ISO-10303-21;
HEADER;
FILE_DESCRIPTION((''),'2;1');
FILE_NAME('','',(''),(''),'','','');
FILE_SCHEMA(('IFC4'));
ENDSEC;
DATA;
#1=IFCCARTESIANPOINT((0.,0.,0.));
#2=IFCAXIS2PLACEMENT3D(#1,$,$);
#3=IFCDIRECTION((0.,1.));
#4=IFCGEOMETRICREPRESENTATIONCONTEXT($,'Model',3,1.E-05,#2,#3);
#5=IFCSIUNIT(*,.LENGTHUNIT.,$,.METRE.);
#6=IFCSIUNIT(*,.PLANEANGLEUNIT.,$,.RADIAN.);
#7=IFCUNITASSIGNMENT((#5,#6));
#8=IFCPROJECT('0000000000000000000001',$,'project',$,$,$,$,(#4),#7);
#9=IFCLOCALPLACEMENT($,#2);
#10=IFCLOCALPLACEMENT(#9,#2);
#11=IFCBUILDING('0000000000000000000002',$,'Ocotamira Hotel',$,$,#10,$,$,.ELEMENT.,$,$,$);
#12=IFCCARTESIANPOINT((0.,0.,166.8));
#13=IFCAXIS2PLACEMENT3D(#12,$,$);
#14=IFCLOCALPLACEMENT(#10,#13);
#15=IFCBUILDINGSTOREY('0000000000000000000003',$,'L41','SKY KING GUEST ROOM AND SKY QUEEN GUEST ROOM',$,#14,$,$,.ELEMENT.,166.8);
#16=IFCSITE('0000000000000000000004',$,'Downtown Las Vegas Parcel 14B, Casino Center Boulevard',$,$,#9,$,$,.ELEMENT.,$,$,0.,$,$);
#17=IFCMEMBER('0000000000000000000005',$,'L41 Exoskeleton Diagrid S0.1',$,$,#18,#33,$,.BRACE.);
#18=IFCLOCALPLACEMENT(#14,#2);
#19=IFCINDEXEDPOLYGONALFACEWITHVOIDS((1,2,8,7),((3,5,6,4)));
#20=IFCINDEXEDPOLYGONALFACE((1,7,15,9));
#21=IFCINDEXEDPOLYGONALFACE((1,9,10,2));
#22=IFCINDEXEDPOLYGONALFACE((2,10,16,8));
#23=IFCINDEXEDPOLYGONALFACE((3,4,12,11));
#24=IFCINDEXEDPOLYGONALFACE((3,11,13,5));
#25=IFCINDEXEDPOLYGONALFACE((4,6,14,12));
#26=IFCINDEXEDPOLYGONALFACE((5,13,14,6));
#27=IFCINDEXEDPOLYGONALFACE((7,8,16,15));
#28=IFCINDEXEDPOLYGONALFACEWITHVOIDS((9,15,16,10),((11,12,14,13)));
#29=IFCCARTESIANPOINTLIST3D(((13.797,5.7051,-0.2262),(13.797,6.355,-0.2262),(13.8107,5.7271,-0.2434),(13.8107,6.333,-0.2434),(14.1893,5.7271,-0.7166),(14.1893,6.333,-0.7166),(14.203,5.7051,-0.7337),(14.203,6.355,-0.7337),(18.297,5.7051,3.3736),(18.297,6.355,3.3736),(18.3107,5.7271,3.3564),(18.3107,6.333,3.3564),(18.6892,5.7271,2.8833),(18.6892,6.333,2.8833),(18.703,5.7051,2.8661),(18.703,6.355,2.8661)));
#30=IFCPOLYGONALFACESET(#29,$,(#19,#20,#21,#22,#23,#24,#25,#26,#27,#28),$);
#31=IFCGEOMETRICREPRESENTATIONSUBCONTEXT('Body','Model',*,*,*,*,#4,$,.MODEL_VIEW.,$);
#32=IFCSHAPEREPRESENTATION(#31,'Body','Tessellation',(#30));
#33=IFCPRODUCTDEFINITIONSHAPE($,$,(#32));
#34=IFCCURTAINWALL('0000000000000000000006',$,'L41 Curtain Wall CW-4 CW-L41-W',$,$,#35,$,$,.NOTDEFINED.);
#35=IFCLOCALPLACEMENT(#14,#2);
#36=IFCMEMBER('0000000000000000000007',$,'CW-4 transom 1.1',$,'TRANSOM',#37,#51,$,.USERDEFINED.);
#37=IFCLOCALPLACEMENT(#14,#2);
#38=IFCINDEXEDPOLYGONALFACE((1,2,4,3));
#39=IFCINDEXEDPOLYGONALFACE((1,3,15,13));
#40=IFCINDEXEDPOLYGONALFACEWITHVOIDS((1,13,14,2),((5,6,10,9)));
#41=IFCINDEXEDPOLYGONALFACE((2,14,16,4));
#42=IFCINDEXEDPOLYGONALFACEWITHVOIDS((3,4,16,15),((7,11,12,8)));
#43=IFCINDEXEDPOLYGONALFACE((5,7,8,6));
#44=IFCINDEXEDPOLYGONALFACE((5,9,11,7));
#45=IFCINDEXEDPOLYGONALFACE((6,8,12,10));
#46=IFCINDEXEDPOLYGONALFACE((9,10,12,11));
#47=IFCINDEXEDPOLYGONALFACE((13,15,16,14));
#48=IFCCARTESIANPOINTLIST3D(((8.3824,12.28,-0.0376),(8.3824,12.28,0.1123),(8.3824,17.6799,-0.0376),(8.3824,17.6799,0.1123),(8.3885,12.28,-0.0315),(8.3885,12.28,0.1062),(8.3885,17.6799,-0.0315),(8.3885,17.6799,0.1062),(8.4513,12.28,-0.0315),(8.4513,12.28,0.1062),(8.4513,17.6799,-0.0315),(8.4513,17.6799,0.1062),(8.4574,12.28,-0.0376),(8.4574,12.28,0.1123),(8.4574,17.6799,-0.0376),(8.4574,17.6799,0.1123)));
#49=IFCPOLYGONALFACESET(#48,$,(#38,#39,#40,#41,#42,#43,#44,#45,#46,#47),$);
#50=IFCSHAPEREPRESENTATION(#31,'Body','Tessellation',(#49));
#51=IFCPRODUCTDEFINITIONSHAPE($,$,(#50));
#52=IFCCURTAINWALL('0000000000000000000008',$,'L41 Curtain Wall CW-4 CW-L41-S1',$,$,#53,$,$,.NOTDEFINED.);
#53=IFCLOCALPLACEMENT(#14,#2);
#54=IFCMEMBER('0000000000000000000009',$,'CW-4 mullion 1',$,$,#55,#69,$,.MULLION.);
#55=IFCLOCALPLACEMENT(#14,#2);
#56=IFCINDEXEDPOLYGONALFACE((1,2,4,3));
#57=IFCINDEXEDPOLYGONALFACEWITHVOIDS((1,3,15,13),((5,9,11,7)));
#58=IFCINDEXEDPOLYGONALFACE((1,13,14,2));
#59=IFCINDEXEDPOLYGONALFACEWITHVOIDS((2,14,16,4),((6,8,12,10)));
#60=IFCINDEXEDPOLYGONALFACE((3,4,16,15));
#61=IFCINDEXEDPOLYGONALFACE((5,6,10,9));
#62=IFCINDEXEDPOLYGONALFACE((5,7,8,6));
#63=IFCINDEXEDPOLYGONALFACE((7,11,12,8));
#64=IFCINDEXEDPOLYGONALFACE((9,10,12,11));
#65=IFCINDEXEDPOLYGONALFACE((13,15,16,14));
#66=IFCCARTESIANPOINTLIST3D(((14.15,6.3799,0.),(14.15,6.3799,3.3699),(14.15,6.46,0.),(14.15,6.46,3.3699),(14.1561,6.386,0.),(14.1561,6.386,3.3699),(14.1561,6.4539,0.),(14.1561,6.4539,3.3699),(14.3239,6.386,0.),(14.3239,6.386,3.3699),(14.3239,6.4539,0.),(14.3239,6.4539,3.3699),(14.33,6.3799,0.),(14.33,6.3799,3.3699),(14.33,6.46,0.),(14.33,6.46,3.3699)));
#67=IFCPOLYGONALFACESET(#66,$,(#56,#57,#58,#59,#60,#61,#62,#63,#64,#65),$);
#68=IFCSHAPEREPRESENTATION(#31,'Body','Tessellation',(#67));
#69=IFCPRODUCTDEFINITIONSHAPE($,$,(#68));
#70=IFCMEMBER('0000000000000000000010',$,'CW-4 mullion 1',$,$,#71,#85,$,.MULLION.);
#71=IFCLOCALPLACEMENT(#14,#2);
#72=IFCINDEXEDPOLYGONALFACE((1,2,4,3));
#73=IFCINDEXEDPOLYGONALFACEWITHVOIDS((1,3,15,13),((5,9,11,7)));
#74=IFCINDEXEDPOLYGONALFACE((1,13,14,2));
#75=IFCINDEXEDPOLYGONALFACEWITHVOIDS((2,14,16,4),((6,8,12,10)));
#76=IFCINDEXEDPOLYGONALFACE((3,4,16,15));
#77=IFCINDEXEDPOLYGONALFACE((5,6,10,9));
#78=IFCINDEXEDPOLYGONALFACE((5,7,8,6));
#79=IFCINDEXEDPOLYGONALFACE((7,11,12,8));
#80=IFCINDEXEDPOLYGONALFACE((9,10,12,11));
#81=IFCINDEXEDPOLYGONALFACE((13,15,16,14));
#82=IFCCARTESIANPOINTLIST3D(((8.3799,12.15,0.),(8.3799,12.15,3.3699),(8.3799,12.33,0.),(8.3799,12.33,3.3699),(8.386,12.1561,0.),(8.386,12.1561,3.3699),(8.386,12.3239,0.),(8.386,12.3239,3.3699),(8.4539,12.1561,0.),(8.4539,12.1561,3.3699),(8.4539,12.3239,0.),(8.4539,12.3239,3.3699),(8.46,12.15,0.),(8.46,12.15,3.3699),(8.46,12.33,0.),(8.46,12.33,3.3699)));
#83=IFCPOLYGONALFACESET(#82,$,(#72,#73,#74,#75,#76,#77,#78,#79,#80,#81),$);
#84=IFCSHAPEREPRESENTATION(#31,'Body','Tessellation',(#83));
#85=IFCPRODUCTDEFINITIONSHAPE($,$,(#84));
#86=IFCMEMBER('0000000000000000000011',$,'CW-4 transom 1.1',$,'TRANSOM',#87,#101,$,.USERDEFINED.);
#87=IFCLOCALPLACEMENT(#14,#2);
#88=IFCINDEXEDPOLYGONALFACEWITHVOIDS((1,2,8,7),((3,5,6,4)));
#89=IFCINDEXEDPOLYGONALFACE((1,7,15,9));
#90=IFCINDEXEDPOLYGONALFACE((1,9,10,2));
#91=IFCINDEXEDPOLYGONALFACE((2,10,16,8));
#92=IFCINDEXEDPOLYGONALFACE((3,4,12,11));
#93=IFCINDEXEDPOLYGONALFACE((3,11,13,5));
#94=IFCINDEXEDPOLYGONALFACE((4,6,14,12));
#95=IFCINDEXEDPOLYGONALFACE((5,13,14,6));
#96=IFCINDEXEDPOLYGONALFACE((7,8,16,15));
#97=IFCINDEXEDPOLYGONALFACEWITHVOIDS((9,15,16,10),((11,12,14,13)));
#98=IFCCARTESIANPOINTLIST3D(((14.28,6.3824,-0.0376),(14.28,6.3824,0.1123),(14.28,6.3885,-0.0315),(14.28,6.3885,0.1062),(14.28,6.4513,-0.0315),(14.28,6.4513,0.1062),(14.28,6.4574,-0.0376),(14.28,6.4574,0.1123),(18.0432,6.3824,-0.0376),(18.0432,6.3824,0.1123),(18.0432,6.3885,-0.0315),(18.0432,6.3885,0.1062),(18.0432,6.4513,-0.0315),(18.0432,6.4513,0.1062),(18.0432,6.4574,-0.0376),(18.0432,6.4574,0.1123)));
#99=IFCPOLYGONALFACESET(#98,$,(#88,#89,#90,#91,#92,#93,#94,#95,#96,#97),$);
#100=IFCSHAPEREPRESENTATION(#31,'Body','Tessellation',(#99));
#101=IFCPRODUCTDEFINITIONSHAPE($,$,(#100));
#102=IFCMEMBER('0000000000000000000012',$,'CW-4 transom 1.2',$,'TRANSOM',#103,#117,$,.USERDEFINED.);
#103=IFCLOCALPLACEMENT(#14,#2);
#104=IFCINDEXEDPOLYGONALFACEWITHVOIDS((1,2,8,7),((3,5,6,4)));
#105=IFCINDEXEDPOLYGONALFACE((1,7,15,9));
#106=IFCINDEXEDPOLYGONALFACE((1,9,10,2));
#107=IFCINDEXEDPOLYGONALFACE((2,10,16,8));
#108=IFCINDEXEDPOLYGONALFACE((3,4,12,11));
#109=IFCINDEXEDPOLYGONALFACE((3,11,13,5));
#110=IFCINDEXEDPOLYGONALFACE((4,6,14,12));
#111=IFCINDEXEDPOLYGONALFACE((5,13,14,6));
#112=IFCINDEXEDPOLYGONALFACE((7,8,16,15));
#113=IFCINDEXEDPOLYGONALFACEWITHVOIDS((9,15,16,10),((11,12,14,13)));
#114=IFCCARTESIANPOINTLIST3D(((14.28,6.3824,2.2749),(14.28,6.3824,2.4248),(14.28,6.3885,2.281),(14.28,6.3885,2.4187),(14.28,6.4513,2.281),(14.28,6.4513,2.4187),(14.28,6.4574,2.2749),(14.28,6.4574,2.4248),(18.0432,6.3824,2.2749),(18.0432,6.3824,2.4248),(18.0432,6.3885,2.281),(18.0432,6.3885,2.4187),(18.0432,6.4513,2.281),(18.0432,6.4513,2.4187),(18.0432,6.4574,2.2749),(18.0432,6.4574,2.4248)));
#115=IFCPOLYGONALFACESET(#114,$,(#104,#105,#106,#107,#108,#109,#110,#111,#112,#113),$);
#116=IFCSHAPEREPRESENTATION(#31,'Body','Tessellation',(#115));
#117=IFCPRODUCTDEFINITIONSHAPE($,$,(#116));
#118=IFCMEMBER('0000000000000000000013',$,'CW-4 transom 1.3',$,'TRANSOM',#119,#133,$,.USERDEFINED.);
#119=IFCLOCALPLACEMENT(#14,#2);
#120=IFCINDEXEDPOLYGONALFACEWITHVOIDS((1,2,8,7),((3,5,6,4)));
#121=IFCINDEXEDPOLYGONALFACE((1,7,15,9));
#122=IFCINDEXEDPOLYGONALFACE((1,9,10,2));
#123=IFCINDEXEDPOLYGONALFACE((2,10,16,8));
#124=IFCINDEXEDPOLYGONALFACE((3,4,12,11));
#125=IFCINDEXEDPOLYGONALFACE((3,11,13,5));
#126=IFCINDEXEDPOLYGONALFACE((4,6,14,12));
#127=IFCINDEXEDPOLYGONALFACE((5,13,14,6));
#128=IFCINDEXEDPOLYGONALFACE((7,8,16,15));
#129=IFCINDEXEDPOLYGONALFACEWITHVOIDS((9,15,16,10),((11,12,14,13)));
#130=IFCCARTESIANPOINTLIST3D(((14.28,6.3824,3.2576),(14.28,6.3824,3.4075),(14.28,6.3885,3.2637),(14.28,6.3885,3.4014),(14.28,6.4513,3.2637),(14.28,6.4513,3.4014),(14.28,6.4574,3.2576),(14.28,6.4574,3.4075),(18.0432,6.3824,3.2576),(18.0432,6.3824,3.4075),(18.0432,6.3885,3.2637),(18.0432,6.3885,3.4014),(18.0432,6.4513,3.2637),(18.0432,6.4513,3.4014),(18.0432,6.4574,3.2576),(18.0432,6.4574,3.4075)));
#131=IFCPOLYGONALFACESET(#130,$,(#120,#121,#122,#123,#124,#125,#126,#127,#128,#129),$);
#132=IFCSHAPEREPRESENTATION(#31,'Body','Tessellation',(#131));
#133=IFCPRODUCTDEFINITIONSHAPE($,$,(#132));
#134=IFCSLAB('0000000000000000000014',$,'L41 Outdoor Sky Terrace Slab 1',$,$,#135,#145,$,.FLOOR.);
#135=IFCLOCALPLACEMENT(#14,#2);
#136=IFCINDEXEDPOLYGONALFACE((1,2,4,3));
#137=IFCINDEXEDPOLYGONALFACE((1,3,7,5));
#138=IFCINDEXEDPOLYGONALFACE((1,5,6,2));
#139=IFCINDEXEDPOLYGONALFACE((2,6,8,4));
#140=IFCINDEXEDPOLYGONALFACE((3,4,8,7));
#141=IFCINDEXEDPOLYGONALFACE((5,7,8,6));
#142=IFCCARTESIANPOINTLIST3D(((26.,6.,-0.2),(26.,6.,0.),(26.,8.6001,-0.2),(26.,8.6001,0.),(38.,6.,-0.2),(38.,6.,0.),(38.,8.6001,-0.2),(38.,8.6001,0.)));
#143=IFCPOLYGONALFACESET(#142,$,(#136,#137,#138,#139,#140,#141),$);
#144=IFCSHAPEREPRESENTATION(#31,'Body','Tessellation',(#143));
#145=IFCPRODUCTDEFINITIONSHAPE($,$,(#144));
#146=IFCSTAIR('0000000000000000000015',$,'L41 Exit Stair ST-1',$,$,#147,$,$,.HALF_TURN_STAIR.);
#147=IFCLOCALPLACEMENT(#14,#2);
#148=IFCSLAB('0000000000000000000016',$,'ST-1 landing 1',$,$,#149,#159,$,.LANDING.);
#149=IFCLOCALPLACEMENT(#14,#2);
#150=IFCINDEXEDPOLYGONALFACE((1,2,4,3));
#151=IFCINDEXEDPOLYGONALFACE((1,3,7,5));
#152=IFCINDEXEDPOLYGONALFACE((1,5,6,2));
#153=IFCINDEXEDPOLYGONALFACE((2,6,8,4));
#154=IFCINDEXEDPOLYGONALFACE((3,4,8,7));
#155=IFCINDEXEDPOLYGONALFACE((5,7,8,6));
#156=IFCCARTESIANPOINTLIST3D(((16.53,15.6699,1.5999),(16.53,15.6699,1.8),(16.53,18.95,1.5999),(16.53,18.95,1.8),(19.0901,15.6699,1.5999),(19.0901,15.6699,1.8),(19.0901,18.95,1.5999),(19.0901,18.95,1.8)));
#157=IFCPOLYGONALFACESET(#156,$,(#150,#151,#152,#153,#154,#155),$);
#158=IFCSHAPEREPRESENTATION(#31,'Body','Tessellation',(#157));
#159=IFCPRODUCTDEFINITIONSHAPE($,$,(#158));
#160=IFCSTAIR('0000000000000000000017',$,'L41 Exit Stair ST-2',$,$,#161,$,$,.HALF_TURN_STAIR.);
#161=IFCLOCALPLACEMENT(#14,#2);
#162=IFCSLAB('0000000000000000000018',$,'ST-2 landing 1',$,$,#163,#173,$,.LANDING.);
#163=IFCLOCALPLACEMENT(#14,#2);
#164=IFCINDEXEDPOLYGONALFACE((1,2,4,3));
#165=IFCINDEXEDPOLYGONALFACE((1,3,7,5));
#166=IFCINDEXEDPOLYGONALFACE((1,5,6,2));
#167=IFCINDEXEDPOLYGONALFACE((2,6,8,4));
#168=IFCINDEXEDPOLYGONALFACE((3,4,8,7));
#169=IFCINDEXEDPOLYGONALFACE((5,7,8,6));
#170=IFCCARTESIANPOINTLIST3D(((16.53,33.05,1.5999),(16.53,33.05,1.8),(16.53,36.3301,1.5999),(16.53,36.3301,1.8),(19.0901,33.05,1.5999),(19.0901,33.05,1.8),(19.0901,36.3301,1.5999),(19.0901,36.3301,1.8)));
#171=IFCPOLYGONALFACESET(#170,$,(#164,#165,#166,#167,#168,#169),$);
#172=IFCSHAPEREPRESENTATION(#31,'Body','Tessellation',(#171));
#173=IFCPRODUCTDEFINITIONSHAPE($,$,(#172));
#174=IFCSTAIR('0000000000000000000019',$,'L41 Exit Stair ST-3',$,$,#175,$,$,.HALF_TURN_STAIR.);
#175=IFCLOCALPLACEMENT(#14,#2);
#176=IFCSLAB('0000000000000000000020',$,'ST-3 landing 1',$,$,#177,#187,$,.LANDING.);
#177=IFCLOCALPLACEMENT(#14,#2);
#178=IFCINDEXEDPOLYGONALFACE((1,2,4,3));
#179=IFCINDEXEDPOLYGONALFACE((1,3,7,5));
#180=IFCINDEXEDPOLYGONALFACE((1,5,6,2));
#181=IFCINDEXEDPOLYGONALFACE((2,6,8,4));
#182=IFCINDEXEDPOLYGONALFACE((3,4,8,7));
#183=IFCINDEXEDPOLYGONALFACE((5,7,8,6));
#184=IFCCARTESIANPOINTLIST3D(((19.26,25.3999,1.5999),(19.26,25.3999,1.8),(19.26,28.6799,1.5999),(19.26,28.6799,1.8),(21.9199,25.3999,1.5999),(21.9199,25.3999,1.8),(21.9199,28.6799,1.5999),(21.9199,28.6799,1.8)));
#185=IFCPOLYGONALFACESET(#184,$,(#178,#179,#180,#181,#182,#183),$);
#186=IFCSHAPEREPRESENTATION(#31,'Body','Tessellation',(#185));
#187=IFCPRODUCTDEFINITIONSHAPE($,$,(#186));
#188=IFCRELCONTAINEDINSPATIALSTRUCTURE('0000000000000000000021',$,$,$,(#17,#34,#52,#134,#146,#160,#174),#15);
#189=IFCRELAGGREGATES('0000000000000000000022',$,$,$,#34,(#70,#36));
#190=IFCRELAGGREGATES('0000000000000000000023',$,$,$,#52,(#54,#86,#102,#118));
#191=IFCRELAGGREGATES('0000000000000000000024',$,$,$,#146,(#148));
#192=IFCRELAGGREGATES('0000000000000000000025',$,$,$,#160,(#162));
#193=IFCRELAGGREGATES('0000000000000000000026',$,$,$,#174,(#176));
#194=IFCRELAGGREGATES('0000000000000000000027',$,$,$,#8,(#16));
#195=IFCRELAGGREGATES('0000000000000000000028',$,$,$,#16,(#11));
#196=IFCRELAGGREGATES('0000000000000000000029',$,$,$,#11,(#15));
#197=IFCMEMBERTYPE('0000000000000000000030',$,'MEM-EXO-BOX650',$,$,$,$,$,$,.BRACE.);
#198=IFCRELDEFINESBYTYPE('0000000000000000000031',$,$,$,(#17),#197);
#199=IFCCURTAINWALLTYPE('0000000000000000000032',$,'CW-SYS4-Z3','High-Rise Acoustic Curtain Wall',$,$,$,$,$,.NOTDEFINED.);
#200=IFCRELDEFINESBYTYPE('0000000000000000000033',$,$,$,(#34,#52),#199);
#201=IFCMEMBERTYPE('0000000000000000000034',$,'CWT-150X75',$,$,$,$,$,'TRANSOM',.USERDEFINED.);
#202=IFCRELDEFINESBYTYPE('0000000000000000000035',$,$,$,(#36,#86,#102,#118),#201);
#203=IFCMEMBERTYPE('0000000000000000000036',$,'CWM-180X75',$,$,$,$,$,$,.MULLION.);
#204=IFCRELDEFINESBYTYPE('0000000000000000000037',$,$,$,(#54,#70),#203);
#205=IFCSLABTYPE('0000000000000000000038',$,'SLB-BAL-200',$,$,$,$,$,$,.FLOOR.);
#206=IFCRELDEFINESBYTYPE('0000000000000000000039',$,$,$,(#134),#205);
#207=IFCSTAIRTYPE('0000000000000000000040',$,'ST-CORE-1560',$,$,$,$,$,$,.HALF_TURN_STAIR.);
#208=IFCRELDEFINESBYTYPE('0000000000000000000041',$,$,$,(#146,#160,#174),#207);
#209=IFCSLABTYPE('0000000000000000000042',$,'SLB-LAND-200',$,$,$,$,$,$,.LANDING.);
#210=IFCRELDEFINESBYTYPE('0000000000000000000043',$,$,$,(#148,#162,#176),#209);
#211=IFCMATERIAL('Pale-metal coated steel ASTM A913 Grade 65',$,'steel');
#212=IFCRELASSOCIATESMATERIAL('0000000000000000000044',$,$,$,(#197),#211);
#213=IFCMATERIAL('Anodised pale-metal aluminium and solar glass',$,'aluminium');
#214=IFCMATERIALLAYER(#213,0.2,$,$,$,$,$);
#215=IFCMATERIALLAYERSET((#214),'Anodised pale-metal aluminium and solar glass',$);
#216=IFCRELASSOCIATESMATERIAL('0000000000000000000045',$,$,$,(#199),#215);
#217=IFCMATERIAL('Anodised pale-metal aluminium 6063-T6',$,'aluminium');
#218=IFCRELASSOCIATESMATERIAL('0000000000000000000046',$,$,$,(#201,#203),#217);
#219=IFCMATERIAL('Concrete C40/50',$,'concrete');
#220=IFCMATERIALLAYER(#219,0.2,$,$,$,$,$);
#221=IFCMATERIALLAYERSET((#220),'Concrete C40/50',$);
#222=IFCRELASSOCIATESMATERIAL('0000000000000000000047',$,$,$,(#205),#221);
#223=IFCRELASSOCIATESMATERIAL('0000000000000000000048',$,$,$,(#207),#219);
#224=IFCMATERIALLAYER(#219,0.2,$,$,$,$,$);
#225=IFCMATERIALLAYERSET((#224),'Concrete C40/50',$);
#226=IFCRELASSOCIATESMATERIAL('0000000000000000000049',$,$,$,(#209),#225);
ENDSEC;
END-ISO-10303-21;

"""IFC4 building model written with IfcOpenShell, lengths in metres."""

from ifc_helpers import new_model, si_unit, direction, frame, origin, origin_2d, place, context, subcontext, project, spatial, polyline, hollow_rectangle, outline, extrude, source, transform, mapped, material, layer, layer_set, material_profile, profile_set, type_object, element, aggregate, save


model = new_model("IFC4")

# Units and contexts
model_context = context("Model", 3, precision=1e-05, world=origin(), true_north=direction((0.0, 1.0)))
body_context = subcontext(model_context, "Body", "Model", "MODEL_VIEW")
ifc_project = project(units=[si_unit("LENGTHUNIT", "METRE"), si_unit("PLANEANGLEUNIT", "RADIAN")], contexts=[model_context])

# Site, building, storey
site_placement = place(None, origin())
site = spatial("IfcSite", under=ifc_project, at=site_placement, Name="Downtown Las Vegas Parcel 14B, Casino Center Boulevard", CompositionType="ELEMENT", RefElevation=0.0)
building_placement = place(site_placement, origin())
building = spatial("IfcBuilding", under=site, at=building_placement, Name="Ocotamira Hotel", CompositionType="ELEMENT")
storey_placement = place(building_placement, frame((0.0, 0.0, 166.8)))
storey = spatial("IfcBuildingStorey", under=building, at=storey_placement, Name="L41", Description="SKY KING GUEST ROOM AND SKY QUEEN GUEST ROOM", CompositionType="ELEMENT", Elevation=166.8)

# Member
ifc_material_1 = material(Name="Pale-metal coated steel ASTM A913 Grade 65", Category="steel")
ifc_material_profile_1 = material_profile(ifc_material_1, hollow_rectangle(XDim=0.6499, YDim=0.6499, WallThickness=0.022, at=origin_2d()), Name="BOX650X650X22")
ifc_profile_set_1 = profile_set([ifc_material_profile_1], Name="Pale-metal coated steel ASTM A913 Grade 65")
member_type_1 = type_object("IfcMemberType", Name="MEM-EXO-BOX650", PredefinedType="BRACE", material=ifc_profile_set_1)
shared_shape_1 = source(origin(), body_context, "Body", "SweptSolid", [
    extrude(hollow_rectangle(XDim=0.6499, YDim=0.6499, WallThickness=0.022, at=origin_2d()), origin(), (0.0, 0.0, 1.0), 5.7627),
])
member_1_placement = place(storey_placement, frame((14.0, 6.03, -0.48), z_axis=(0.780881, 0.0, 0.62468), x_axis=(0.0, 1.0, 0.0)))
element("IfcMember", 1, at=member_1_placement, inside=storey, type_object=member_type_1, Name="L41 Exoskeleton Diagrid S0.1", PredefinedType="BRACE", context=body_context, shape_type="MappedRepresentation", body=[
    mapped(shared_shape_1, transform((0.0, 0.0, 0.0), scale=1.0)),
])

# Curtain walls, members
ifc_material_2 = material(Name="Anodised pale-metal aluminium and solar glass", Category="aluminium")
ifc_layer_1 = layer(ifc_material_2, 0.2)
ifc_layer_set_1 = layer_set([ifc_layer_1], Name="Anodised pale-metal aluminium and solar glass")
curtain_wall_type = type_object("IfcCurtainWallType", Name="CW-SYS4-Z3", Description="High-Rise Acoustic Curtain Wall", PredefinedType="NOTDEFINED", material=ifc_layer_set_1)
curtain_wall_1_placement = place(storey_placement, origin())
curtain_wall_1 = element("IfcCurtainWall", 2, at=curtain_wall_1_placement, inside=storey, type_object=curtain_wall_type, Name="L41 Curtain Wall CW-4 CW-L41-W", PredefinedType="NOTDEFINED")
ifc_material_3 = material(Name="Anodised pale-metal aluminium 6063-T6", Category="aluminium")
ifc_material_profile_2 = material_profile(ifc_material_3, hollow_rectangle(XDim=0.075, YDim=0.1499, WallThickness=0.0061, at=origin_2d()), Name="HSS150X75X6")
ifc_profile_set_2 = profile_set([ifc_material_profile_2], Name="Anodised pale-metal aluminium 6063-T6")
member_type_2 = type_object("IfcMemberType", Name="CWT-150X75", ElementType="TRANSOM", PredefinedType="USERDEFINED", material=ifc_profile_set_2)
shared_shape_2 = source(origin(), body_context, "Body", "SweptSolid", [
    extrude(hollow_rectangle(XDim=0.075, YDim=0.1499, WallThickness=0.0061, at=origin_2d()), origin(), (0.0, 0.0, 1.0), 5.3999),
])
member_2_placement = place(storey_placement, frame((8.4199, 12.28, 0.0374), z_axis=(0.0, 1.0, 0.0), x_axis=(-1.0, 0.0, 0.0)))
member_2 = element("IfcMember", 3, at=member_2_placement, type_object=member_type_2, Name="CW-4 transom 1.1", ObjectType="TRANSOM", PredefinedType="USERDEFINED", context=body_context, shape_type="MappedRepresentation", body=[
    mapped(shared_shape_2, transform((0.0, 0.0, 0.0), scale=1.0)),
])
curtain_wall_2_placement = place(storey_placement, origin())
curtain_wall_2 = element("IfcCurtainWall", 4, at=curtain_wall_2_placement, inside=storey, type_object=curtain_wall_type, Name="L41 Curtain Wall CW-4 CW-L41-S1", PredefinedType="NOTDEFINED")
ifc_material_profile_3 = material_profile(ifc_material_3, hollow_rectangle(XDim=0.0801, YDim=0.1799, WallThickness=0.0061, at=origin_2d()), Name="HSS180X80X6")
ifc_profile_set_3 = profile_set([ifc_material_profile_3], Name="Anodised pale-metal aluminium 6063-T6")
member_type_3 = type_object("IfcMemberType", Name="CWM-180X75", PredefinedType="MULLION", material=ifc_profile_set_3)
shared_shape_3 = source(origin(), body_context, "Body", "SweptSolid", [
    extrude(hollow_rectangle(XDim=0.0801, YDim=0.1799, WallThickness=0.0061, at=origin_2d()), origin(), (0.0, 0.0, 1.0), 3.3699),
])
member_3_placement = place(storey_placement, frame((14.24, 6.4199, 0.0), z_axis=(0.0, 0.0, 1.0), x_axis=(0.0, 1.0, 0.0)))
member_3 = element("IfcMember", 5, at=member_3_placement, type_object=member_type_3, Name="CW-4 mullion 1", PredefinedType="MULLION", context=body_context, shape_type="MappedRepresentation", body=[
    mapped(shared_shape_3, transform((0.0, 0.0, 0.0), scale=1.0)),
])

# Members
member_4_placement = place(storey_placement, frame((8.4199, 12.24, 0.0), z_axis=(0.0, 0.0, 1.0), x_axis=(-1.0, 0.0, 0.0)))
member_4 = element("IfcMember", 6, at=member_4_placement, type_object=member_type_3, Name="CW-4 mullion 1", PredefinedType="MULLION", context=body_context, shape_type="MappedRepresentation", body=[
    mapped(shared_shape_3, transform((0.0, 0.0, 0.0), scale=1.0)),
])
aggregate(curtain_wall_1, [member_4, member_2])
shared_shape_4 = source(origin(), body_context, "Body", "SweptSolid", [
    extrude(hollow_rectangle(XDim=0.075, YDim=0.1499, WallThickness=0.0061, at=origin_2d()), origin(), (0.0, 0.0, 1.0), 3.7632),
])
member_5_placement = place(storey_placement, frame((14.28, 6.4199, 0.0374), z_axis=(1.0, 0.0, 0.0), x_axis=(0.0, 1.0, 0.0)))
member_5 = element("IfcMember", 7, at=member_5_placement, type_object=member_type_2, Name="CW-4 transom 1.1", ObjectType="TRANSOM", PredefinedType="USERDEFINED", context=body_context, shape_type="MappedRepresentation", body=[
    mapped(shared_shape_4, transform((0.0, 0.0, 0.0), scale=1.0)),
])
member_6_placement = place(storey_placement, frame((14.28, 6.4199, 2.3499), z_axis=(1.0, 0.0, 0.0), x_axis=(0.0, 1.0, 0.0)))
member_6 = element("IfcMember", 8, at=member_6_placement, type_object=member_type_2, Name="CW-4 transom 1.2", ObjectType="TRANSOM", PredefinedType="USERDEFINED", context=body_context, shape_type="MappedRepresentation", body=[
    mapped(shared_shape_4, transform((0.0, 0.0, 0.0), scale=1.0)),
])
member_7_placement = place(storey_placement, frame((14.28, 6.4199, 3.3325), z_axis=(1.0, 0.0, 0.0), x_axis=(0.0, 1.0, 0.0)))
member_7 = element("IfcMember", 9, at=member_7_placement, type_object=member_type_2, Name="CW-4 transom 1.3", ObjectType="TRANSOM", PredefinedType="USERDEFINED", context=body_context, shape_type="MappedRepresentation", body=[
    mapped(shared_shape_4, transform((0.0, 0.0, 0.0), scale=1.0)),
])
aggregate(curtain_wall_2, [member_3, member_5, member_6, member_7])

# Slab
ifc_material_4 = material(Name="Concrete C40/50", Category="concrete")
ifc_layer_2 = layer(ifc_material_4, 0.2)
ifc_layer_set_2 = layer_set([ifc_layer_2], Name="Concrete C40/50")
slab_type_1 = type_object("IfcSlabType", Name="SLB-BAL-200", PredefinedType="FLOOR", material=ifc_layer_set_2)
slab_1_placement = place(storey_placement, frame((0.0, 0.0, -0.2)))
element("IfcSlab", 10, at=slab_1_placement, inside=storey, type_object=slab_type_1, Name="L41 Outdoor Sky Terrace Slab 1", PredefinedType="FLOOR", context=body_context, shape_type="SweptSolid", body=[
    extrude(outline(polyline([(26.0, 6.0), (38.0, 6.0), (38.0, 8.6001), (26.0, 8.6001), (26.0, 6.0)])), origin(), (0.0, 0.0, 1.0), 0.2),
])

# Stairs, slabs
stair_type = type_object("IfcStairType", Name="ST-CORE-1560", PredefinedType="HALF_TURN_STAIR", material=ifc_material_4)
stair_1_placement = place(storey_placement, origin())
stair_1 = element("IfcStair", 11, at=stair_1_placement, inside=storey, type_object=stair_type, Name="L41 Exit Stair ST-1", PredefinedType="HALF_TURN_STAIR")
ifc_layer_3 = layer(ifc_material_4, 0.2)
ifc_layer_set_3 = layer_set([ifc_layer_3], Name="Concrete C40/50")
slab_type_2 = type_object("IfcSlabType", Name="SLB-LAND-200", PredefinedType="LANDING", material=ifc_layer_set_3)
slab_2_placement = place(storey_placement, frame((0.0, 0.0, 1.5999)))
slab_2 = element("IfcSlab", 12, at=slab_2_placement, type_object=slab_type_2, Name="ST-1 landing 1", PredefinedType="LANDING", context=body_context, shape_type="SweptSolid", body=[
    extrude(outline(polyline([(16.53, 15.6699), (19.0901, 15.6699), (19.0901, 18.95), (16.53, 18.95), (16.53, 15.6699)])), origin(), (0.0, 0.0, 1.0), 0.2002),
])
aggregate(stair_1, [slab_2])
stair_2_placement = place(storey_placement, origin())
stair_2 = element("IfcStair", 13, at=stair_2_placement, inside=storey, type_object=stair_type, Name="L41 Exit Stair ST-2", PredefinedType="HALF_TURN_STAIR")
slab_3_placement = place(storey_placement, frame((0.0, 0.0, 1.5999)))
slab_3 = element("IfcSlab", 14, at=slab_3_placement, type_object=slab_type_2, Name="ST-2 landing 1", PredefinedType="LANDING", context=body_context, shape_type="SweptSolid", body=[
    extrude(outline(polyline([(16.53, 33.05), (19.0901, 33.05), (19.0901, 36.3301), (16.53, 36.3301), (16.53, 33.05)])), origin(), (0.0, 0.0, 1.0), 0.2002),
])
aggregate(stair_2, [slab_3])
stair_3_placement = place(storey_placement, origin())
stair_3 = element("IfcStair", 15, at=stair_3_placement, inside=storey, type_object=stair_type, Name="L41 Exit Stair ST-3", PredefinedType="HALF_TURN_STAIR")
slab_4_placement = place(storey_placement, frame((0.0, 0.0, 1.5999)))
slab_4 = element("IfcSlab", 16, at=slab_4_placement, type_object=slab_type_2, Name="ST-3 landing 1", PredefinedType="LANDING", context=body_context, shape_type="SweptSolid", body=[
    extrude(outline(polyline([(19.26, 25.3999), (21.9199, 25.3999), (21.9199, 28.6799), (19.26, 28.6799), (19.26, 25.3999)])), origin(), (0.0, 0.0, 1.0), 0.2002),
])
aggregate(stair_3, [slab_4])

save(model, "model.ifc")
